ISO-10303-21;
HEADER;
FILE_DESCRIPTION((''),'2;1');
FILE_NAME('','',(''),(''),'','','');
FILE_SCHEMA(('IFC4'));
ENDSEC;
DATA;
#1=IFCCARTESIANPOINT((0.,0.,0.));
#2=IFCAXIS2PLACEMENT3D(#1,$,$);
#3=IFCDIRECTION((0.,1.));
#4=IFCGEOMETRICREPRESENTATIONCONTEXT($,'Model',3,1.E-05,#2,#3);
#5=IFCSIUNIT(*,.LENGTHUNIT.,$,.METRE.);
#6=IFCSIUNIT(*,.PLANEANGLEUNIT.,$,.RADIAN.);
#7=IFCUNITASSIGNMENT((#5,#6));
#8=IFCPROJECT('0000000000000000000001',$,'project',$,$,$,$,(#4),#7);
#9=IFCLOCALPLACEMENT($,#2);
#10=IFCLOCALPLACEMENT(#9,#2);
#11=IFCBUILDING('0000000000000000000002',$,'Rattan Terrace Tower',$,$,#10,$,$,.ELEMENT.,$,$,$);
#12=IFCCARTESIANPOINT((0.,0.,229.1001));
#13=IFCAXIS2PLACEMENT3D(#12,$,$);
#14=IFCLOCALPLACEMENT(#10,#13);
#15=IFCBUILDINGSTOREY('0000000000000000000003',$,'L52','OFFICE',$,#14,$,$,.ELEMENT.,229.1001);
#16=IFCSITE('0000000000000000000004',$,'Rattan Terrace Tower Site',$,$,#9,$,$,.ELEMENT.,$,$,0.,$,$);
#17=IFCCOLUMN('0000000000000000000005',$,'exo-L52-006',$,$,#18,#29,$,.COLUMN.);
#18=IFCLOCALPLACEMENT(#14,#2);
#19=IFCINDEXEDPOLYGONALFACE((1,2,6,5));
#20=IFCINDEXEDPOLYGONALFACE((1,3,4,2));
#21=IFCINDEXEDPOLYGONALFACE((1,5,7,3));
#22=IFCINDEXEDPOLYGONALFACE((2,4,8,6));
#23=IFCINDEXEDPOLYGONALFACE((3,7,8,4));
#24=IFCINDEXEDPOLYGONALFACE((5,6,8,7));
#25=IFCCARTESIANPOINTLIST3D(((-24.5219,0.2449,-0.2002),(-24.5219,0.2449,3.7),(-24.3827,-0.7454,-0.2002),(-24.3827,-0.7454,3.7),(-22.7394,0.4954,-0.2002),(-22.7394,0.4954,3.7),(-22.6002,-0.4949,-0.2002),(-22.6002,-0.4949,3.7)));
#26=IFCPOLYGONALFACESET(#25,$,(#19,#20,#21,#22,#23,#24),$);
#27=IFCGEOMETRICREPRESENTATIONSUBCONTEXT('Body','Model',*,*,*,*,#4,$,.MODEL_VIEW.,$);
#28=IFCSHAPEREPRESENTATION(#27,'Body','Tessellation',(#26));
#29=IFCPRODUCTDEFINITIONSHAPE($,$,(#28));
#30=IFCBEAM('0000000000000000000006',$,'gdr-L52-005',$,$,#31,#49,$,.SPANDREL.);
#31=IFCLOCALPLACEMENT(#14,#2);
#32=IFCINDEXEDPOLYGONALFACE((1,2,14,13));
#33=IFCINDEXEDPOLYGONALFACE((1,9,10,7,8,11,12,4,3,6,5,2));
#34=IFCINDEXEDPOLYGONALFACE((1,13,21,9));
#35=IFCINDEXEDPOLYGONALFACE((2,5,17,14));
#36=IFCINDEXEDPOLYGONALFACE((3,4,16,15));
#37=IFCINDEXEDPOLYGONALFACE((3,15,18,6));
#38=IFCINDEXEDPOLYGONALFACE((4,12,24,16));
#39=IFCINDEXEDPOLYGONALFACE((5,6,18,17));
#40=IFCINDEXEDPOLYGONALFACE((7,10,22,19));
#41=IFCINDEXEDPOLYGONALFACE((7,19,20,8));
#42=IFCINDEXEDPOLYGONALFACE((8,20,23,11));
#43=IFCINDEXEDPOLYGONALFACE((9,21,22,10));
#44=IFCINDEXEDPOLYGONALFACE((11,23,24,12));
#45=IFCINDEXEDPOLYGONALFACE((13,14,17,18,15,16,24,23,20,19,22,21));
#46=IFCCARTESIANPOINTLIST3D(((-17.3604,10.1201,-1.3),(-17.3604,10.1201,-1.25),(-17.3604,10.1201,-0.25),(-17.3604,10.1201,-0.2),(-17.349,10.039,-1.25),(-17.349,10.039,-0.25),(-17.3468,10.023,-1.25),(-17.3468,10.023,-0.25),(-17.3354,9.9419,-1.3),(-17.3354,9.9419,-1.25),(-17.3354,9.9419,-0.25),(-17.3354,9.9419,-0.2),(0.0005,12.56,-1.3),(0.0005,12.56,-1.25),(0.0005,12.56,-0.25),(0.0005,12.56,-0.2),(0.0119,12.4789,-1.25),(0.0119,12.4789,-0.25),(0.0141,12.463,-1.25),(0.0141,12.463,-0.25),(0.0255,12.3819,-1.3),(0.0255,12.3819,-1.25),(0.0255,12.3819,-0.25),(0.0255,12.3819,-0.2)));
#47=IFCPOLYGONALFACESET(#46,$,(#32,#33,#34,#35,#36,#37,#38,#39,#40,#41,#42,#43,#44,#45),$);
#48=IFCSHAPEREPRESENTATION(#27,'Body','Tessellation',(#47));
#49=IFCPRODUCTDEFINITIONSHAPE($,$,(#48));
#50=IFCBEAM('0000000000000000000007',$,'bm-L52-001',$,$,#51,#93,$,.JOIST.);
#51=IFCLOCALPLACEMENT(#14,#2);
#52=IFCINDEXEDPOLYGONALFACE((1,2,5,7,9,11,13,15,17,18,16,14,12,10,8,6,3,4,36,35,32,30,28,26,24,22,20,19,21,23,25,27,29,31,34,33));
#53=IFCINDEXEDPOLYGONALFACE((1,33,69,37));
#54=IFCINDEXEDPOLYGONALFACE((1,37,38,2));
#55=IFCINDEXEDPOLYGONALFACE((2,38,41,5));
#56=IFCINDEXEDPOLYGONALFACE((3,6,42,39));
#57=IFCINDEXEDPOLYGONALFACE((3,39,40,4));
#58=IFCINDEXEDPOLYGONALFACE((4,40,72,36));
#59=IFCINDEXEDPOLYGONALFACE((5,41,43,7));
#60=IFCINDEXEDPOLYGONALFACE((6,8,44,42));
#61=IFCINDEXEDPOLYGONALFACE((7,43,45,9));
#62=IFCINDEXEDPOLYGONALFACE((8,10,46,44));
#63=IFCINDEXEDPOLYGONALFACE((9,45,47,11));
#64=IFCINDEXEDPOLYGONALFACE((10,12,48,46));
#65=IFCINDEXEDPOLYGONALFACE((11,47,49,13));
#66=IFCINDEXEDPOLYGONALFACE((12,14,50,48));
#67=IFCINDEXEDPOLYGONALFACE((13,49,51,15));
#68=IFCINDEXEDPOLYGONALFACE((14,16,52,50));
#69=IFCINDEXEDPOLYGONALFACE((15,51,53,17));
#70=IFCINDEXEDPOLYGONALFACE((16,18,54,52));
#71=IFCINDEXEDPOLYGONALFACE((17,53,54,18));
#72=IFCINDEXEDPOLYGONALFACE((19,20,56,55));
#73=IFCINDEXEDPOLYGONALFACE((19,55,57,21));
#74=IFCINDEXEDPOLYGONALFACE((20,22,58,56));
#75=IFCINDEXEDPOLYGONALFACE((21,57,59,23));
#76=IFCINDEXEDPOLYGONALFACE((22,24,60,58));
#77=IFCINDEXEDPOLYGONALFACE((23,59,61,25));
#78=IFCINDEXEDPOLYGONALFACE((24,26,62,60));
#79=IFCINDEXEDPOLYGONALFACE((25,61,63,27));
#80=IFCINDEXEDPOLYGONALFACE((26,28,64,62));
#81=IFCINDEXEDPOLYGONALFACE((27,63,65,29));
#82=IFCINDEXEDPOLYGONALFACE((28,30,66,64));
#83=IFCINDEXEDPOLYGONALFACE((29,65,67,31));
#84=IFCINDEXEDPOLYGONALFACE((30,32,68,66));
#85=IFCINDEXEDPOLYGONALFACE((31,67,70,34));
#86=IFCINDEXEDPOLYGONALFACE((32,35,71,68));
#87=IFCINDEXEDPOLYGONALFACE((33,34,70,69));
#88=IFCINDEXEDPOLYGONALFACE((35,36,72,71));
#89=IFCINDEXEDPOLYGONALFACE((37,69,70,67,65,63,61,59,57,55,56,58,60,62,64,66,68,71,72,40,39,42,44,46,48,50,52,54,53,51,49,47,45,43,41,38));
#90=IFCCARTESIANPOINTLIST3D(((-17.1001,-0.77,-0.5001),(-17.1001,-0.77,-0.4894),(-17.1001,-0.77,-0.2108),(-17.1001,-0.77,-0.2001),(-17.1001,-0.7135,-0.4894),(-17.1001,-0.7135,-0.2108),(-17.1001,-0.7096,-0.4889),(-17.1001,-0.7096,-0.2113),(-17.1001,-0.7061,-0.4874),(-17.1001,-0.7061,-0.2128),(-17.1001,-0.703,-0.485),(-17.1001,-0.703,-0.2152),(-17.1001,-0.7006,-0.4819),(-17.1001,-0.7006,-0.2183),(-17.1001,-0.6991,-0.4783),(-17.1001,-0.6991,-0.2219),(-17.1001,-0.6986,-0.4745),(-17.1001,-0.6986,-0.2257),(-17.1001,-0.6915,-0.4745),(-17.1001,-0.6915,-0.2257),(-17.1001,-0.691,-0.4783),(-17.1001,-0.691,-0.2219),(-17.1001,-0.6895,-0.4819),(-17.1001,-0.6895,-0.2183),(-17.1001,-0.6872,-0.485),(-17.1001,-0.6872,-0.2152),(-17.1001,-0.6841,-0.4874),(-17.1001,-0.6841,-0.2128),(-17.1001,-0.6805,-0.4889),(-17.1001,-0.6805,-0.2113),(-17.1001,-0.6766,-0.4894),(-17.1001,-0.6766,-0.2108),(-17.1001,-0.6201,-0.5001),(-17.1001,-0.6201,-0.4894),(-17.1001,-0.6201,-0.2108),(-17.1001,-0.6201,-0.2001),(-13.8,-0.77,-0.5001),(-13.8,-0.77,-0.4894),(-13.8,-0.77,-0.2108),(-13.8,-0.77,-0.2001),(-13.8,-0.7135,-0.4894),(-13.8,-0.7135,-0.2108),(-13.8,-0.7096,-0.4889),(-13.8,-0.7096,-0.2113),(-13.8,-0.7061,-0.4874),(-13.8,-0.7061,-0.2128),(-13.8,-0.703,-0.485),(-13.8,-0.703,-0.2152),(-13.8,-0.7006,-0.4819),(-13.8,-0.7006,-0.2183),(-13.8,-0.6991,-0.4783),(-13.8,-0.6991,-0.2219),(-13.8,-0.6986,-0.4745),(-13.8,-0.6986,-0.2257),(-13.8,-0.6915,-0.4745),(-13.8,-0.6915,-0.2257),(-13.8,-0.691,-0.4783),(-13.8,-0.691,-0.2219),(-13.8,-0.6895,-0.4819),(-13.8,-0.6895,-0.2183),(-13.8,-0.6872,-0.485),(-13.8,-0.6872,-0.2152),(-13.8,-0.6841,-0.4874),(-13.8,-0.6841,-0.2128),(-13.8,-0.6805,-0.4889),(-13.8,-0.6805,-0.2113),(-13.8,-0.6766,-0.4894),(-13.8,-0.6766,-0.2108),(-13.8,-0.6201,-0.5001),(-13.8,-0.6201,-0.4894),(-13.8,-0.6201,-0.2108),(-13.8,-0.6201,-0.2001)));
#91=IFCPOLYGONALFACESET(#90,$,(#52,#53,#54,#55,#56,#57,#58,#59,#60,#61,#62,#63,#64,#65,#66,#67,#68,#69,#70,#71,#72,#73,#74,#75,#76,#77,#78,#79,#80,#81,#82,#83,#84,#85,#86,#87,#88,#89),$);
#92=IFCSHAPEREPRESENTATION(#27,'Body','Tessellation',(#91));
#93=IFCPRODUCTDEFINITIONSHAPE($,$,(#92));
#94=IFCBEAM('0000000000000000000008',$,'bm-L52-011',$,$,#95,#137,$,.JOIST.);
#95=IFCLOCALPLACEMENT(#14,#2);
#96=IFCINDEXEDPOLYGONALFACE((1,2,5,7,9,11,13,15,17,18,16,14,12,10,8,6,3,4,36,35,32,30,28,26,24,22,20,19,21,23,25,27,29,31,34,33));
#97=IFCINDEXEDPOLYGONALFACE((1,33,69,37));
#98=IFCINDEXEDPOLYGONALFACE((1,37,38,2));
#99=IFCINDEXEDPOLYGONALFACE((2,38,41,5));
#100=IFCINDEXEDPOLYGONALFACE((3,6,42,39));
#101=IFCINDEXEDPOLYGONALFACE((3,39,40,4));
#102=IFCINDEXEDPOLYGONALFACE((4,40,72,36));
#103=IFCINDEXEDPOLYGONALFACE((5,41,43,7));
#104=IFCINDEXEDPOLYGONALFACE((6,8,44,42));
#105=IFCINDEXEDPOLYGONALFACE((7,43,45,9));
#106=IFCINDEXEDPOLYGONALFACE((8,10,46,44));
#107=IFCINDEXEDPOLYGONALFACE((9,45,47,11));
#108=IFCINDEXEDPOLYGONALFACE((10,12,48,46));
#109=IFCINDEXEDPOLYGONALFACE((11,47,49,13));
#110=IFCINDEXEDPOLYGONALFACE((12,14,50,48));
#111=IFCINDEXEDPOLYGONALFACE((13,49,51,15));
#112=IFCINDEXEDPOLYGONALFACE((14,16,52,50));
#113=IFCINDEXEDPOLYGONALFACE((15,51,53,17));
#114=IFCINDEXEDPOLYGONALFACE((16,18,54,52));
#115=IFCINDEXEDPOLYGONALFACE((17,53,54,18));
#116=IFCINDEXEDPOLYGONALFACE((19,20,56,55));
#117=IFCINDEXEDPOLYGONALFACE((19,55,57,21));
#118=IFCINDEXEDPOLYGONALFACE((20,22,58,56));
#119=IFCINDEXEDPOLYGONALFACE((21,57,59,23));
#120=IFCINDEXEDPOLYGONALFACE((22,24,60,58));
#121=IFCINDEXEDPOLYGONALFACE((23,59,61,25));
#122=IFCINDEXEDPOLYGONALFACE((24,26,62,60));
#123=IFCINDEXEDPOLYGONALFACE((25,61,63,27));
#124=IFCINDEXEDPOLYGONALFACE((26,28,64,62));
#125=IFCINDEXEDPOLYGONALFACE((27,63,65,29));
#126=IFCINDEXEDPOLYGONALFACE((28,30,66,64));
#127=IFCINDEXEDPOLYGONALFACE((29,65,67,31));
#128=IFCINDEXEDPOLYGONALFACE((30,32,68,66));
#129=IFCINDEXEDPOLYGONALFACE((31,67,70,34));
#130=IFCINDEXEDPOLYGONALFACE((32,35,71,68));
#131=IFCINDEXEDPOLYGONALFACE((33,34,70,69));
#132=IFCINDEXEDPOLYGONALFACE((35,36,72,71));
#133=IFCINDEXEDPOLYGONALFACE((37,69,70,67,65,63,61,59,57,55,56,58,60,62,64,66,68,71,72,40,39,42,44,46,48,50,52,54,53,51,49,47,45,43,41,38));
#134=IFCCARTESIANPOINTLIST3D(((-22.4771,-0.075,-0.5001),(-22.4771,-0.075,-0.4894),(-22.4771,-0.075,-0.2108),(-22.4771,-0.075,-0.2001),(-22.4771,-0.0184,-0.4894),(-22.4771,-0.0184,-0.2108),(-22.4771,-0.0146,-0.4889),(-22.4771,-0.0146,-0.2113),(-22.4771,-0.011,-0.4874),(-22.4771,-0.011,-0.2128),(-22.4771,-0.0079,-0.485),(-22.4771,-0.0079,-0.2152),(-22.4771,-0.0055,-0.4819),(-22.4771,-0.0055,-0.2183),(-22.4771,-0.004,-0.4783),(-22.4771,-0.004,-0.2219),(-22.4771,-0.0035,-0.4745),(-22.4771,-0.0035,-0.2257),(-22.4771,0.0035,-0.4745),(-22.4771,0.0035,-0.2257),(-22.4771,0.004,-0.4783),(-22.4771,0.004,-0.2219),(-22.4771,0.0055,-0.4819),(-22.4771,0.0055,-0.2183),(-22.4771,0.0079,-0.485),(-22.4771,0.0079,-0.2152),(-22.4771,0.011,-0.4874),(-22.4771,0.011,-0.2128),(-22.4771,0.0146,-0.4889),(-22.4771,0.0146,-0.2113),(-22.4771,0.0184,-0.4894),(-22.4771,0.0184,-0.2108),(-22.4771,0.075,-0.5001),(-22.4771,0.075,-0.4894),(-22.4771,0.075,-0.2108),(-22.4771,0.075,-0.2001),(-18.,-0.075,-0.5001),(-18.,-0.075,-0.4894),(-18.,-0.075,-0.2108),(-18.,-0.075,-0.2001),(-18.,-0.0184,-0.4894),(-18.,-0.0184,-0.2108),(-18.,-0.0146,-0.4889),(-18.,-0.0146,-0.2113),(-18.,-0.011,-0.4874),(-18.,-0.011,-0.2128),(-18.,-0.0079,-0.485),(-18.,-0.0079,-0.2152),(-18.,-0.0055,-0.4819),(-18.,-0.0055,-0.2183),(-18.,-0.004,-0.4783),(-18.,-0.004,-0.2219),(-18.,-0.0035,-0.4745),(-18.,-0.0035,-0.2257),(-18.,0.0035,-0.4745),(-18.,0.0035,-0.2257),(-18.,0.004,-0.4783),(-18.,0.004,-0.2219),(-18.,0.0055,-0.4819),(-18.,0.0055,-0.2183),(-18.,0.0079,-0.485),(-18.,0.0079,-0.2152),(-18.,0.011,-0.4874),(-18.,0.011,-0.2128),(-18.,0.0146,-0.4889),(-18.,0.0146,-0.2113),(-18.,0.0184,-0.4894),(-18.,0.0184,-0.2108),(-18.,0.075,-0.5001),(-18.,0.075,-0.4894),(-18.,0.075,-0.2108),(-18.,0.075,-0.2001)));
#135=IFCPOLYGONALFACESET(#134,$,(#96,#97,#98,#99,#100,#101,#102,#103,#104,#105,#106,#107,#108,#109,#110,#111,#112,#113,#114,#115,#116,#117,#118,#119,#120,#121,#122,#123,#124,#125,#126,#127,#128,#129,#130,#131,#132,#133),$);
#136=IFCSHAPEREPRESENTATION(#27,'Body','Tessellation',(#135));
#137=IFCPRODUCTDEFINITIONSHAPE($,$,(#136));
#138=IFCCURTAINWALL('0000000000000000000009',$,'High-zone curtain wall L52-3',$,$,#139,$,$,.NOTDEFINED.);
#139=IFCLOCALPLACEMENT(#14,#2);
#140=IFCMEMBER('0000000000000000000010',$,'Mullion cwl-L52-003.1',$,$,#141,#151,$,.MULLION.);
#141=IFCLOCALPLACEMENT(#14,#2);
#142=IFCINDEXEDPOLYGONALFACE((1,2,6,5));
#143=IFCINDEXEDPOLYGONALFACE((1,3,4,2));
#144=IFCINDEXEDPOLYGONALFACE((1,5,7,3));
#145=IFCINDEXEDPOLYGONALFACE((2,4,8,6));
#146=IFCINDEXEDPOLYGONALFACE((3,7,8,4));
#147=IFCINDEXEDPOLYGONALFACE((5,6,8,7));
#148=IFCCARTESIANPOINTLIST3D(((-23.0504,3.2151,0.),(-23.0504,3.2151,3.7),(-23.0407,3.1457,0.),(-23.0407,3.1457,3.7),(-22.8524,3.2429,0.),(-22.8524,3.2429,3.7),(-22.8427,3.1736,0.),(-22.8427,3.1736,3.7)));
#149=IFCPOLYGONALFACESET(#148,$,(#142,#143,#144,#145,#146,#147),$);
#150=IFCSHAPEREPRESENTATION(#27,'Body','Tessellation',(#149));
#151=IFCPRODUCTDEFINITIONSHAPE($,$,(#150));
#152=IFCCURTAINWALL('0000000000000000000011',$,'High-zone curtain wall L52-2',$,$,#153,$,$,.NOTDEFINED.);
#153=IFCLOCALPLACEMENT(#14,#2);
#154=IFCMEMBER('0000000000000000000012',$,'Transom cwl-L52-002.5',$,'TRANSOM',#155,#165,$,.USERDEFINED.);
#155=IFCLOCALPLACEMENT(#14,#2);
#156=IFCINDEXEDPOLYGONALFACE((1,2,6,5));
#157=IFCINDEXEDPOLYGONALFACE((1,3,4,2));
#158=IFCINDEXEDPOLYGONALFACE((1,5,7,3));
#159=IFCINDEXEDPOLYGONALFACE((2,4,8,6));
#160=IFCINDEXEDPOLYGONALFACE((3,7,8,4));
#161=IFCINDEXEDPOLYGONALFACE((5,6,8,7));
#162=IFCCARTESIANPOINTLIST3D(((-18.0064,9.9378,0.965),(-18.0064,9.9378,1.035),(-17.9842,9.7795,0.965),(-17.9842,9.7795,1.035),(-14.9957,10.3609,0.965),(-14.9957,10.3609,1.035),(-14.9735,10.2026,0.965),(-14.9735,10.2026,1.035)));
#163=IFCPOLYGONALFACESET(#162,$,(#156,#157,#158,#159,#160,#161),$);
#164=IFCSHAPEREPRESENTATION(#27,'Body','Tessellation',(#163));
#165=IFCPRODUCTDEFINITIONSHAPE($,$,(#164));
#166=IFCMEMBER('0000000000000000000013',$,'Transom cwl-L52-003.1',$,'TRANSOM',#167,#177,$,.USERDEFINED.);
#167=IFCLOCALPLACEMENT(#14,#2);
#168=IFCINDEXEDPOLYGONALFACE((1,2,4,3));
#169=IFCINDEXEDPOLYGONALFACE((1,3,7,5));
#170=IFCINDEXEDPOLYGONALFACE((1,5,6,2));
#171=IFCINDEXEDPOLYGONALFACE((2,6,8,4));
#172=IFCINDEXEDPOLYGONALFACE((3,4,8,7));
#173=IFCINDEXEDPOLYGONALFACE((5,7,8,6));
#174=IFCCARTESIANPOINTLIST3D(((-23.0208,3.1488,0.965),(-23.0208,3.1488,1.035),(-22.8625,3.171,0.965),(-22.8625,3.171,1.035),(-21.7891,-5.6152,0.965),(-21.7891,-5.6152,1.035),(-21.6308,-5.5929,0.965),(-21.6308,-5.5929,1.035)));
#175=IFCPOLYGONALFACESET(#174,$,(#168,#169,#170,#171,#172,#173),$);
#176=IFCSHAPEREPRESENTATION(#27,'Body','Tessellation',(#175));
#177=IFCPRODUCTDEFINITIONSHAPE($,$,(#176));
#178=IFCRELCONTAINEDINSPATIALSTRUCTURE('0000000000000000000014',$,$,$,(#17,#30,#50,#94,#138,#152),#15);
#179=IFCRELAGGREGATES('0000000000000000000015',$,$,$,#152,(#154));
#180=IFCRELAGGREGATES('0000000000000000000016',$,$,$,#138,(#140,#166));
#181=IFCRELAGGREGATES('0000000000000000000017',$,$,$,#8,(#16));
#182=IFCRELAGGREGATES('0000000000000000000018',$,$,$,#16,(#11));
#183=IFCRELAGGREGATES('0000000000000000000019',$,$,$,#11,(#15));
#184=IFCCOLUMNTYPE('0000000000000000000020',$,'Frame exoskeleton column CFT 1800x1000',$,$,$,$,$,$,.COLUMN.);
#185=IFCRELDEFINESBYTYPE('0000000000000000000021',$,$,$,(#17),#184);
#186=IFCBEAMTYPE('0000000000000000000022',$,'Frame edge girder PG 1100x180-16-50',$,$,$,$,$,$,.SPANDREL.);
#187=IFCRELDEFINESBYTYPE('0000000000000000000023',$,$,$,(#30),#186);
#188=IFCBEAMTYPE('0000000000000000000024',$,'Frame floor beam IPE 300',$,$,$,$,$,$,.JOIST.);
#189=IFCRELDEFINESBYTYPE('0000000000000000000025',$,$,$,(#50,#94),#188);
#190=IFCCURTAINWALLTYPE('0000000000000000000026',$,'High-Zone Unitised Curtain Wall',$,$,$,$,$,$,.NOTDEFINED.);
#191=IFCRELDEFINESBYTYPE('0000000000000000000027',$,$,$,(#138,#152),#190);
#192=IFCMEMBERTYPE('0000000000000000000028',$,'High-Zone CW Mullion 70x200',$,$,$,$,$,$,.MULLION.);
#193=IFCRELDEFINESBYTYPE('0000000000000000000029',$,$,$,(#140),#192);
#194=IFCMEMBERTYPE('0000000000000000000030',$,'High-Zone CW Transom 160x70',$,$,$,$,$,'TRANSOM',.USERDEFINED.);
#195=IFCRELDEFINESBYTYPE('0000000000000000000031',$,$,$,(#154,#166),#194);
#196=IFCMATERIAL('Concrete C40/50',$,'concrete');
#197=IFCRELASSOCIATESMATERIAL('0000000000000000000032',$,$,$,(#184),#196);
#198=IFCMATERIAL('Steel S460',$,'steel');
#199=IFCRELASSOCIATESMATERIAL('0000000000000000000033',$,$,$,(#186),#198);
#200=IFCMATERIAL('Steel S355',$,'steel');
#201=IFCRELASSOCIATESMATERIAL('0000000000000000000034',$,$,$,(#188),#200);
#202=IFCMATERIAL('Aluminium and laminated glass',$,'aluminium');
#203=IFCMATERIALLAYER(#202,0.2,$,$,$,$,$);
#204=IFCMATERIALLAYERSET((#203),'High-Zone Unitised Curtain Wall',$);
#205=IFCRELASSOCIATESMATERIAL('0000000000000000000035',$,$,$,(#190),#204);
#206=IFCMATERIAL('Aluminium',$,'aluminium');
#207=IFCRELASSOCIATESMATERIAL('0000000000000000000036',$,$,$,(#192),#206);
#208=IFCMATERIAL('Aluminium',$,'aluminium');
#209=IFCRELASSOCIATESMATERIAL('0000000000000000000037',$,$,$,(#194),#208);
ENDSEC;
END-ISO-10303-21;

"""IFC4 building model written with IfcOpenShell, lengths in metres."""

from ifc_helpers import new_model, si_unit, direction, frame, origin, origin_2d, place, context, subcontext, project, spatial, rectangle, i_section, extrude, material, layer, layer_set, material_profile, profile_set, type_object, element, aggregate, save


model = new_model("IFC4")

# Units and contexts
model_context = context("Model", 3, precision=1e-05, world=origin(), true_north=direction((0.0, 1.0)))
body_context = subcontext(model_context, "Body", "Model", "MODEL_VIEW")
ifc_project = project(units=[si_unit("LENGTHUNIT", "METRE"), si_unit("PLANEANGLEUNIT", "RADIAN")], contexts=[model_context])

# Site, building, storey
site_placement = place(None, origin())
site = spatial("IfcSite", under=ifc_project, at=site_placement, Name="Rattan Terrace Tower Site", CompositionType="ELEMENT", RefElevation=0.0)
building_placement = place(site_placement, origin())
building = spatial("IfcBuilding", under=site, at=building_placement, Name="Rattan Terrace Tower", CompositionType="ELEMENT")
storey_placement = place(building_placement, frame((0.0, 0.0, 229.1001)))
storey = spatial("IfcBuildingStorey", under=building, at=storey_placement, Name="L52", Description="OFFICE", CompositionType="ELEMENT", Elevation=229.1001)

# Column
ifc_material_1 = material(Name="Concrete C40/50", Category="concrete")
ifc_material_profile_1 = material_profile(ifc_material_1, rectangle(XDim=1.0, YDim=1.8, at=origin_2d()), Name="CFT 1800x1000")
ifc_profile_set_1 = profile_set([ifc_material_profile_1], Name="Concrete C40/50")
column_type = type_object("IfcColumnType", Name="Frame exoskeleton column CFT 1800x1000", PredefinedType="COLUMN", material=ifc_profile_set_1)
column_placement = place(storey_placement, frame((-23.561, -0.125, -0.2002), z_axis=(0.0, 0.0, 1.0), x_axis=(-0.13919, 0.990266, 0.0)))
element("IfcColumn", 1, at=column_placement, inside=storey, type_object=column_type, Name="exo-L52-006", PredefinedType="COLUMN", context=body_context, shape_type="SweptSolid", body=[
    extrude(rectangle(XDim=1.0, YDim=1.8, at=origin_2d()), origin(), (0.0, 0.0, 1.0), 3.9001),
])

# Beams
ifc_material_2 = material(Name="Steel S460", Category="steel")
ifc_material_profile_2 = material_profile(ifc_material_2, i_section(OverallWidth=0.1799, OverallDepth=1.1001, WebThickness=0.0161, FlangeThickness=0.05, at=origin_2d()), Name="PG 1100x180-16-50")
ifc_profile_set_2 = profile_set([ifc_material_profile_2], Name="Steel S460")
beam_type_1 = type_object("IfcBeamType", Name="Frame edge girder PG 1100x180-16-50", PredefinedType="SPANDREL", material=ifc_profile_set_2)
beam_1_placement = place(storey_placement, frame((-17.3479, 10.031, -0.75), z_axis=(0.990268, 0.139175, 0.0), x_axis=(-0.139175, 0.990268, 0.0)))
element("IfcBeam", 2, at=beam_1_placement, inside=storey, type_object=beam_type_1, Name="gdr-L52-005", PredefinedType="SPANDREL", context=body_context, shape_type="SweptSolid", body=[
    extrude(i_section(OverallWidth=0.1799, OverallDepth=1.1001, WebThickness=0.0161, FlangeThickness=0.05, at=origin_2d()), origin(), (0.0, 0.0, 1.0), 17.5315),
])
ifc_material_3 = material(Name="Steel S355", Category="steel")
ifc_material_profile_3 = material_profile(ifc_material_3, i_section(OverallWidth=0.1499, OverallDepth=0.3, WebThickness=0.0071, FlangeThickness=0.0107, FilletRadius=0.0149, at=origin_2d()), Name="IPE 300")
ifc_profile_set_3 = profile_set([ifc_material_profile_3], Name="Steel S355")
beam_type_2 = type_object("IfcBeamType", Name="Frame floor beam IPE 300", PredefinedType="JOIST", material=ifc_profile_set_3)
beam_2_placement = place(storey_placement, frame((-17.1001, -0.6951, -0.3501), z_axis=(1.0, 0.0, 0.0), x_axis=(0.0, 1.0, 0.0)))
element("IfcBeam", 3, at=beam_2_placement, inside=storey, type_object=beam_type_2, Name="bm-L52-001", PredefinedType="JOIST", context=body_context, shape_type="SweptSolid", body=[
    extrude(i_section(OverallWidth=0.1499, OverallDepth=0.3, WebThickness=0.0071, FlangeThickness=0.0107, FilletRadius=0.0149, at=origin_2d()), origin(), (0.0, 0.0, 1.0), 3.3),
])
beam_3_placement = place(storey_placement, frame((-22.4771, 0.0, -0.3501), z_axis=(1.0, 0.0, 0.0), x_axis=(0.0, 1.0, 0.0)))
element("IfcBeam", 4, at=beam_3_placement, inside=storey, type_object=beam_type_2, Name="bm-L52-011", PredefinedType="JOIST", context=body_context, shape_type="SweptSolid", body=[
    extrude(i_section(OverallWidth=0.1499, OverallDepth=0.3, WebThickness=0.0071, FlangeThickness=0.0107, FilletRadius=0.0149, at=origin_2d()), origin(), (0.0, 0.0, 1.0), 4.4771),
])

# Curtain walls, members
ifc_material_4 = material(Name="Aluminium and laminated glass", Category="aluminium")
ifc_layer_1 = layer(ifc_material_4, 0.2)
ifc_layer_set_1 = layer_set([ifc_layer_1], Name="High-Zone Unitised Curtain Wall")
curtain_wall_type = type_object("IfcCurtainWallType", Name="High-Zone Unitised Curtain Wall", PredefinedType="NOTDEFINED", material=ifc_layer_set_1)
curtain_wall_1_placement = place(storey_placement, origin())
curtain_wall_1 = element("IfcCurtainWall", 5, at=curtain_wall_1_placement, inside=storey, type_object=curtain_wall_type, Name="High-zone curtain wall L52-3", PredefinedType="NOTDEFINED")
ifc_material_5 = material(Name="Aluminium", Category="aluminium")
ifc_material_profile_4 = material_profile(ifc_material_5, rectangle(XDim=0.0701, YDim=0.2, at=origin_2d()), Name="Aluminium 70x200")
ifc_profile_set_4 = profile_set([ifc_material_profile_4], Name="Aluminium")
member_type_1 = type_object("IfcMemberType", Name="High-Zone CW Mullion 70x200", PredefinedType="MULLION", material=ifc_profile_set_4)
member_1_placement = place(storey_placement, frame((-22.9465, 3.1943, 0.0), z_axis=(0.0, 0.0, 1.0), x_axis=(0.139186, -0.990266, 0.0)))
member_1 = element("IfcMember", 6, at=member_1_placement, type_object=member_type_1, Name="Mullion cwl-L52-003.1", PredefinedType="MULLION", context=body_context, shape_type="SweptSolid", body=[
    extrude(rectangle(XDim=0.0701, YDim=0.2, at=origin_2d()), origin(), (0.0, 0.0, 1.0), 3.7),
])
curtain_wall_2_placement = place(storey_placement, origin())
curtain_wall_2 = element("IfcCurtainWall", 7, at=curtain_wall_2_placement, inside=storey, type_object=curtain_wall_type, Name="High-zone curtain wall L52-2", PredefinedType="NOTDEFINED")
ifc_material_6 = material(Name="Aluminium", Category="aluminium")
ifc_material_profile_5 = material_profile(ifc_material_6, rectangle(XDim=0.1599, YDim=0.0701, at=origin_2d()), Name="Aluminium 160x70")
ifc_profile_set_5 = profile_set([ifc_material_profile_5], Name="Aluminium")
member_type_2 = type_object("IfcMemberType", Name="High-Zone CW Transom 160x70", ElementType="TRANSOM", PredefinedType="USERDEFINED", material=ifc_profile_set_5)
member_2_placement = place(storey_placement, frame((-14.9846, 10.2817, 1.0), z_axis=(-0.99027, -0.139161, 0.0), x_axis=(0.139161, -0.99027, 0.0)))
member_2 = element("IfcMember", 8, at=member_2_placement, type_object=member_type_2, Name="Transom cwl-L52-002.5", ObjectType="TRANSOM", PredefinedType="USERDEFINED", context=body_context, shape_type="SweptSolid", body=[
    extrude(rectangle(XDim=0.1599, YDim=0.0701, at=origin_2d()), origin(), (0.0, 0.0, 1.0), 3.0403),
])

# Member
member_3_placement = place(storey_placement, frame((-22.9417, 3.1599, 1.0), z_axis=(0.139173, -0.990268, 0.0), x_axis=(0.990268, 0.139173, 0.0)))
member_3 = element("IfcMember", 9, at=member_3_placement, type_object=member_type_2, Name="Transom cwl-L52-003.1", ObjectType="TRANSOM", PredefinedType="USERDEFINED", context=body_context, shape_type="SweptSolid", body=[
    extrude(rectangle(XDim=0.1599, YDim=0.0701, at=origin_2d()), origin(), (0.0, 0.0, 1.0), 8.8501),
])

aggregate(curtain_wall_2, [member_2])
aggregate(curtain_wall_1, [member_1, member_3])

save(model, "model.ifc")
